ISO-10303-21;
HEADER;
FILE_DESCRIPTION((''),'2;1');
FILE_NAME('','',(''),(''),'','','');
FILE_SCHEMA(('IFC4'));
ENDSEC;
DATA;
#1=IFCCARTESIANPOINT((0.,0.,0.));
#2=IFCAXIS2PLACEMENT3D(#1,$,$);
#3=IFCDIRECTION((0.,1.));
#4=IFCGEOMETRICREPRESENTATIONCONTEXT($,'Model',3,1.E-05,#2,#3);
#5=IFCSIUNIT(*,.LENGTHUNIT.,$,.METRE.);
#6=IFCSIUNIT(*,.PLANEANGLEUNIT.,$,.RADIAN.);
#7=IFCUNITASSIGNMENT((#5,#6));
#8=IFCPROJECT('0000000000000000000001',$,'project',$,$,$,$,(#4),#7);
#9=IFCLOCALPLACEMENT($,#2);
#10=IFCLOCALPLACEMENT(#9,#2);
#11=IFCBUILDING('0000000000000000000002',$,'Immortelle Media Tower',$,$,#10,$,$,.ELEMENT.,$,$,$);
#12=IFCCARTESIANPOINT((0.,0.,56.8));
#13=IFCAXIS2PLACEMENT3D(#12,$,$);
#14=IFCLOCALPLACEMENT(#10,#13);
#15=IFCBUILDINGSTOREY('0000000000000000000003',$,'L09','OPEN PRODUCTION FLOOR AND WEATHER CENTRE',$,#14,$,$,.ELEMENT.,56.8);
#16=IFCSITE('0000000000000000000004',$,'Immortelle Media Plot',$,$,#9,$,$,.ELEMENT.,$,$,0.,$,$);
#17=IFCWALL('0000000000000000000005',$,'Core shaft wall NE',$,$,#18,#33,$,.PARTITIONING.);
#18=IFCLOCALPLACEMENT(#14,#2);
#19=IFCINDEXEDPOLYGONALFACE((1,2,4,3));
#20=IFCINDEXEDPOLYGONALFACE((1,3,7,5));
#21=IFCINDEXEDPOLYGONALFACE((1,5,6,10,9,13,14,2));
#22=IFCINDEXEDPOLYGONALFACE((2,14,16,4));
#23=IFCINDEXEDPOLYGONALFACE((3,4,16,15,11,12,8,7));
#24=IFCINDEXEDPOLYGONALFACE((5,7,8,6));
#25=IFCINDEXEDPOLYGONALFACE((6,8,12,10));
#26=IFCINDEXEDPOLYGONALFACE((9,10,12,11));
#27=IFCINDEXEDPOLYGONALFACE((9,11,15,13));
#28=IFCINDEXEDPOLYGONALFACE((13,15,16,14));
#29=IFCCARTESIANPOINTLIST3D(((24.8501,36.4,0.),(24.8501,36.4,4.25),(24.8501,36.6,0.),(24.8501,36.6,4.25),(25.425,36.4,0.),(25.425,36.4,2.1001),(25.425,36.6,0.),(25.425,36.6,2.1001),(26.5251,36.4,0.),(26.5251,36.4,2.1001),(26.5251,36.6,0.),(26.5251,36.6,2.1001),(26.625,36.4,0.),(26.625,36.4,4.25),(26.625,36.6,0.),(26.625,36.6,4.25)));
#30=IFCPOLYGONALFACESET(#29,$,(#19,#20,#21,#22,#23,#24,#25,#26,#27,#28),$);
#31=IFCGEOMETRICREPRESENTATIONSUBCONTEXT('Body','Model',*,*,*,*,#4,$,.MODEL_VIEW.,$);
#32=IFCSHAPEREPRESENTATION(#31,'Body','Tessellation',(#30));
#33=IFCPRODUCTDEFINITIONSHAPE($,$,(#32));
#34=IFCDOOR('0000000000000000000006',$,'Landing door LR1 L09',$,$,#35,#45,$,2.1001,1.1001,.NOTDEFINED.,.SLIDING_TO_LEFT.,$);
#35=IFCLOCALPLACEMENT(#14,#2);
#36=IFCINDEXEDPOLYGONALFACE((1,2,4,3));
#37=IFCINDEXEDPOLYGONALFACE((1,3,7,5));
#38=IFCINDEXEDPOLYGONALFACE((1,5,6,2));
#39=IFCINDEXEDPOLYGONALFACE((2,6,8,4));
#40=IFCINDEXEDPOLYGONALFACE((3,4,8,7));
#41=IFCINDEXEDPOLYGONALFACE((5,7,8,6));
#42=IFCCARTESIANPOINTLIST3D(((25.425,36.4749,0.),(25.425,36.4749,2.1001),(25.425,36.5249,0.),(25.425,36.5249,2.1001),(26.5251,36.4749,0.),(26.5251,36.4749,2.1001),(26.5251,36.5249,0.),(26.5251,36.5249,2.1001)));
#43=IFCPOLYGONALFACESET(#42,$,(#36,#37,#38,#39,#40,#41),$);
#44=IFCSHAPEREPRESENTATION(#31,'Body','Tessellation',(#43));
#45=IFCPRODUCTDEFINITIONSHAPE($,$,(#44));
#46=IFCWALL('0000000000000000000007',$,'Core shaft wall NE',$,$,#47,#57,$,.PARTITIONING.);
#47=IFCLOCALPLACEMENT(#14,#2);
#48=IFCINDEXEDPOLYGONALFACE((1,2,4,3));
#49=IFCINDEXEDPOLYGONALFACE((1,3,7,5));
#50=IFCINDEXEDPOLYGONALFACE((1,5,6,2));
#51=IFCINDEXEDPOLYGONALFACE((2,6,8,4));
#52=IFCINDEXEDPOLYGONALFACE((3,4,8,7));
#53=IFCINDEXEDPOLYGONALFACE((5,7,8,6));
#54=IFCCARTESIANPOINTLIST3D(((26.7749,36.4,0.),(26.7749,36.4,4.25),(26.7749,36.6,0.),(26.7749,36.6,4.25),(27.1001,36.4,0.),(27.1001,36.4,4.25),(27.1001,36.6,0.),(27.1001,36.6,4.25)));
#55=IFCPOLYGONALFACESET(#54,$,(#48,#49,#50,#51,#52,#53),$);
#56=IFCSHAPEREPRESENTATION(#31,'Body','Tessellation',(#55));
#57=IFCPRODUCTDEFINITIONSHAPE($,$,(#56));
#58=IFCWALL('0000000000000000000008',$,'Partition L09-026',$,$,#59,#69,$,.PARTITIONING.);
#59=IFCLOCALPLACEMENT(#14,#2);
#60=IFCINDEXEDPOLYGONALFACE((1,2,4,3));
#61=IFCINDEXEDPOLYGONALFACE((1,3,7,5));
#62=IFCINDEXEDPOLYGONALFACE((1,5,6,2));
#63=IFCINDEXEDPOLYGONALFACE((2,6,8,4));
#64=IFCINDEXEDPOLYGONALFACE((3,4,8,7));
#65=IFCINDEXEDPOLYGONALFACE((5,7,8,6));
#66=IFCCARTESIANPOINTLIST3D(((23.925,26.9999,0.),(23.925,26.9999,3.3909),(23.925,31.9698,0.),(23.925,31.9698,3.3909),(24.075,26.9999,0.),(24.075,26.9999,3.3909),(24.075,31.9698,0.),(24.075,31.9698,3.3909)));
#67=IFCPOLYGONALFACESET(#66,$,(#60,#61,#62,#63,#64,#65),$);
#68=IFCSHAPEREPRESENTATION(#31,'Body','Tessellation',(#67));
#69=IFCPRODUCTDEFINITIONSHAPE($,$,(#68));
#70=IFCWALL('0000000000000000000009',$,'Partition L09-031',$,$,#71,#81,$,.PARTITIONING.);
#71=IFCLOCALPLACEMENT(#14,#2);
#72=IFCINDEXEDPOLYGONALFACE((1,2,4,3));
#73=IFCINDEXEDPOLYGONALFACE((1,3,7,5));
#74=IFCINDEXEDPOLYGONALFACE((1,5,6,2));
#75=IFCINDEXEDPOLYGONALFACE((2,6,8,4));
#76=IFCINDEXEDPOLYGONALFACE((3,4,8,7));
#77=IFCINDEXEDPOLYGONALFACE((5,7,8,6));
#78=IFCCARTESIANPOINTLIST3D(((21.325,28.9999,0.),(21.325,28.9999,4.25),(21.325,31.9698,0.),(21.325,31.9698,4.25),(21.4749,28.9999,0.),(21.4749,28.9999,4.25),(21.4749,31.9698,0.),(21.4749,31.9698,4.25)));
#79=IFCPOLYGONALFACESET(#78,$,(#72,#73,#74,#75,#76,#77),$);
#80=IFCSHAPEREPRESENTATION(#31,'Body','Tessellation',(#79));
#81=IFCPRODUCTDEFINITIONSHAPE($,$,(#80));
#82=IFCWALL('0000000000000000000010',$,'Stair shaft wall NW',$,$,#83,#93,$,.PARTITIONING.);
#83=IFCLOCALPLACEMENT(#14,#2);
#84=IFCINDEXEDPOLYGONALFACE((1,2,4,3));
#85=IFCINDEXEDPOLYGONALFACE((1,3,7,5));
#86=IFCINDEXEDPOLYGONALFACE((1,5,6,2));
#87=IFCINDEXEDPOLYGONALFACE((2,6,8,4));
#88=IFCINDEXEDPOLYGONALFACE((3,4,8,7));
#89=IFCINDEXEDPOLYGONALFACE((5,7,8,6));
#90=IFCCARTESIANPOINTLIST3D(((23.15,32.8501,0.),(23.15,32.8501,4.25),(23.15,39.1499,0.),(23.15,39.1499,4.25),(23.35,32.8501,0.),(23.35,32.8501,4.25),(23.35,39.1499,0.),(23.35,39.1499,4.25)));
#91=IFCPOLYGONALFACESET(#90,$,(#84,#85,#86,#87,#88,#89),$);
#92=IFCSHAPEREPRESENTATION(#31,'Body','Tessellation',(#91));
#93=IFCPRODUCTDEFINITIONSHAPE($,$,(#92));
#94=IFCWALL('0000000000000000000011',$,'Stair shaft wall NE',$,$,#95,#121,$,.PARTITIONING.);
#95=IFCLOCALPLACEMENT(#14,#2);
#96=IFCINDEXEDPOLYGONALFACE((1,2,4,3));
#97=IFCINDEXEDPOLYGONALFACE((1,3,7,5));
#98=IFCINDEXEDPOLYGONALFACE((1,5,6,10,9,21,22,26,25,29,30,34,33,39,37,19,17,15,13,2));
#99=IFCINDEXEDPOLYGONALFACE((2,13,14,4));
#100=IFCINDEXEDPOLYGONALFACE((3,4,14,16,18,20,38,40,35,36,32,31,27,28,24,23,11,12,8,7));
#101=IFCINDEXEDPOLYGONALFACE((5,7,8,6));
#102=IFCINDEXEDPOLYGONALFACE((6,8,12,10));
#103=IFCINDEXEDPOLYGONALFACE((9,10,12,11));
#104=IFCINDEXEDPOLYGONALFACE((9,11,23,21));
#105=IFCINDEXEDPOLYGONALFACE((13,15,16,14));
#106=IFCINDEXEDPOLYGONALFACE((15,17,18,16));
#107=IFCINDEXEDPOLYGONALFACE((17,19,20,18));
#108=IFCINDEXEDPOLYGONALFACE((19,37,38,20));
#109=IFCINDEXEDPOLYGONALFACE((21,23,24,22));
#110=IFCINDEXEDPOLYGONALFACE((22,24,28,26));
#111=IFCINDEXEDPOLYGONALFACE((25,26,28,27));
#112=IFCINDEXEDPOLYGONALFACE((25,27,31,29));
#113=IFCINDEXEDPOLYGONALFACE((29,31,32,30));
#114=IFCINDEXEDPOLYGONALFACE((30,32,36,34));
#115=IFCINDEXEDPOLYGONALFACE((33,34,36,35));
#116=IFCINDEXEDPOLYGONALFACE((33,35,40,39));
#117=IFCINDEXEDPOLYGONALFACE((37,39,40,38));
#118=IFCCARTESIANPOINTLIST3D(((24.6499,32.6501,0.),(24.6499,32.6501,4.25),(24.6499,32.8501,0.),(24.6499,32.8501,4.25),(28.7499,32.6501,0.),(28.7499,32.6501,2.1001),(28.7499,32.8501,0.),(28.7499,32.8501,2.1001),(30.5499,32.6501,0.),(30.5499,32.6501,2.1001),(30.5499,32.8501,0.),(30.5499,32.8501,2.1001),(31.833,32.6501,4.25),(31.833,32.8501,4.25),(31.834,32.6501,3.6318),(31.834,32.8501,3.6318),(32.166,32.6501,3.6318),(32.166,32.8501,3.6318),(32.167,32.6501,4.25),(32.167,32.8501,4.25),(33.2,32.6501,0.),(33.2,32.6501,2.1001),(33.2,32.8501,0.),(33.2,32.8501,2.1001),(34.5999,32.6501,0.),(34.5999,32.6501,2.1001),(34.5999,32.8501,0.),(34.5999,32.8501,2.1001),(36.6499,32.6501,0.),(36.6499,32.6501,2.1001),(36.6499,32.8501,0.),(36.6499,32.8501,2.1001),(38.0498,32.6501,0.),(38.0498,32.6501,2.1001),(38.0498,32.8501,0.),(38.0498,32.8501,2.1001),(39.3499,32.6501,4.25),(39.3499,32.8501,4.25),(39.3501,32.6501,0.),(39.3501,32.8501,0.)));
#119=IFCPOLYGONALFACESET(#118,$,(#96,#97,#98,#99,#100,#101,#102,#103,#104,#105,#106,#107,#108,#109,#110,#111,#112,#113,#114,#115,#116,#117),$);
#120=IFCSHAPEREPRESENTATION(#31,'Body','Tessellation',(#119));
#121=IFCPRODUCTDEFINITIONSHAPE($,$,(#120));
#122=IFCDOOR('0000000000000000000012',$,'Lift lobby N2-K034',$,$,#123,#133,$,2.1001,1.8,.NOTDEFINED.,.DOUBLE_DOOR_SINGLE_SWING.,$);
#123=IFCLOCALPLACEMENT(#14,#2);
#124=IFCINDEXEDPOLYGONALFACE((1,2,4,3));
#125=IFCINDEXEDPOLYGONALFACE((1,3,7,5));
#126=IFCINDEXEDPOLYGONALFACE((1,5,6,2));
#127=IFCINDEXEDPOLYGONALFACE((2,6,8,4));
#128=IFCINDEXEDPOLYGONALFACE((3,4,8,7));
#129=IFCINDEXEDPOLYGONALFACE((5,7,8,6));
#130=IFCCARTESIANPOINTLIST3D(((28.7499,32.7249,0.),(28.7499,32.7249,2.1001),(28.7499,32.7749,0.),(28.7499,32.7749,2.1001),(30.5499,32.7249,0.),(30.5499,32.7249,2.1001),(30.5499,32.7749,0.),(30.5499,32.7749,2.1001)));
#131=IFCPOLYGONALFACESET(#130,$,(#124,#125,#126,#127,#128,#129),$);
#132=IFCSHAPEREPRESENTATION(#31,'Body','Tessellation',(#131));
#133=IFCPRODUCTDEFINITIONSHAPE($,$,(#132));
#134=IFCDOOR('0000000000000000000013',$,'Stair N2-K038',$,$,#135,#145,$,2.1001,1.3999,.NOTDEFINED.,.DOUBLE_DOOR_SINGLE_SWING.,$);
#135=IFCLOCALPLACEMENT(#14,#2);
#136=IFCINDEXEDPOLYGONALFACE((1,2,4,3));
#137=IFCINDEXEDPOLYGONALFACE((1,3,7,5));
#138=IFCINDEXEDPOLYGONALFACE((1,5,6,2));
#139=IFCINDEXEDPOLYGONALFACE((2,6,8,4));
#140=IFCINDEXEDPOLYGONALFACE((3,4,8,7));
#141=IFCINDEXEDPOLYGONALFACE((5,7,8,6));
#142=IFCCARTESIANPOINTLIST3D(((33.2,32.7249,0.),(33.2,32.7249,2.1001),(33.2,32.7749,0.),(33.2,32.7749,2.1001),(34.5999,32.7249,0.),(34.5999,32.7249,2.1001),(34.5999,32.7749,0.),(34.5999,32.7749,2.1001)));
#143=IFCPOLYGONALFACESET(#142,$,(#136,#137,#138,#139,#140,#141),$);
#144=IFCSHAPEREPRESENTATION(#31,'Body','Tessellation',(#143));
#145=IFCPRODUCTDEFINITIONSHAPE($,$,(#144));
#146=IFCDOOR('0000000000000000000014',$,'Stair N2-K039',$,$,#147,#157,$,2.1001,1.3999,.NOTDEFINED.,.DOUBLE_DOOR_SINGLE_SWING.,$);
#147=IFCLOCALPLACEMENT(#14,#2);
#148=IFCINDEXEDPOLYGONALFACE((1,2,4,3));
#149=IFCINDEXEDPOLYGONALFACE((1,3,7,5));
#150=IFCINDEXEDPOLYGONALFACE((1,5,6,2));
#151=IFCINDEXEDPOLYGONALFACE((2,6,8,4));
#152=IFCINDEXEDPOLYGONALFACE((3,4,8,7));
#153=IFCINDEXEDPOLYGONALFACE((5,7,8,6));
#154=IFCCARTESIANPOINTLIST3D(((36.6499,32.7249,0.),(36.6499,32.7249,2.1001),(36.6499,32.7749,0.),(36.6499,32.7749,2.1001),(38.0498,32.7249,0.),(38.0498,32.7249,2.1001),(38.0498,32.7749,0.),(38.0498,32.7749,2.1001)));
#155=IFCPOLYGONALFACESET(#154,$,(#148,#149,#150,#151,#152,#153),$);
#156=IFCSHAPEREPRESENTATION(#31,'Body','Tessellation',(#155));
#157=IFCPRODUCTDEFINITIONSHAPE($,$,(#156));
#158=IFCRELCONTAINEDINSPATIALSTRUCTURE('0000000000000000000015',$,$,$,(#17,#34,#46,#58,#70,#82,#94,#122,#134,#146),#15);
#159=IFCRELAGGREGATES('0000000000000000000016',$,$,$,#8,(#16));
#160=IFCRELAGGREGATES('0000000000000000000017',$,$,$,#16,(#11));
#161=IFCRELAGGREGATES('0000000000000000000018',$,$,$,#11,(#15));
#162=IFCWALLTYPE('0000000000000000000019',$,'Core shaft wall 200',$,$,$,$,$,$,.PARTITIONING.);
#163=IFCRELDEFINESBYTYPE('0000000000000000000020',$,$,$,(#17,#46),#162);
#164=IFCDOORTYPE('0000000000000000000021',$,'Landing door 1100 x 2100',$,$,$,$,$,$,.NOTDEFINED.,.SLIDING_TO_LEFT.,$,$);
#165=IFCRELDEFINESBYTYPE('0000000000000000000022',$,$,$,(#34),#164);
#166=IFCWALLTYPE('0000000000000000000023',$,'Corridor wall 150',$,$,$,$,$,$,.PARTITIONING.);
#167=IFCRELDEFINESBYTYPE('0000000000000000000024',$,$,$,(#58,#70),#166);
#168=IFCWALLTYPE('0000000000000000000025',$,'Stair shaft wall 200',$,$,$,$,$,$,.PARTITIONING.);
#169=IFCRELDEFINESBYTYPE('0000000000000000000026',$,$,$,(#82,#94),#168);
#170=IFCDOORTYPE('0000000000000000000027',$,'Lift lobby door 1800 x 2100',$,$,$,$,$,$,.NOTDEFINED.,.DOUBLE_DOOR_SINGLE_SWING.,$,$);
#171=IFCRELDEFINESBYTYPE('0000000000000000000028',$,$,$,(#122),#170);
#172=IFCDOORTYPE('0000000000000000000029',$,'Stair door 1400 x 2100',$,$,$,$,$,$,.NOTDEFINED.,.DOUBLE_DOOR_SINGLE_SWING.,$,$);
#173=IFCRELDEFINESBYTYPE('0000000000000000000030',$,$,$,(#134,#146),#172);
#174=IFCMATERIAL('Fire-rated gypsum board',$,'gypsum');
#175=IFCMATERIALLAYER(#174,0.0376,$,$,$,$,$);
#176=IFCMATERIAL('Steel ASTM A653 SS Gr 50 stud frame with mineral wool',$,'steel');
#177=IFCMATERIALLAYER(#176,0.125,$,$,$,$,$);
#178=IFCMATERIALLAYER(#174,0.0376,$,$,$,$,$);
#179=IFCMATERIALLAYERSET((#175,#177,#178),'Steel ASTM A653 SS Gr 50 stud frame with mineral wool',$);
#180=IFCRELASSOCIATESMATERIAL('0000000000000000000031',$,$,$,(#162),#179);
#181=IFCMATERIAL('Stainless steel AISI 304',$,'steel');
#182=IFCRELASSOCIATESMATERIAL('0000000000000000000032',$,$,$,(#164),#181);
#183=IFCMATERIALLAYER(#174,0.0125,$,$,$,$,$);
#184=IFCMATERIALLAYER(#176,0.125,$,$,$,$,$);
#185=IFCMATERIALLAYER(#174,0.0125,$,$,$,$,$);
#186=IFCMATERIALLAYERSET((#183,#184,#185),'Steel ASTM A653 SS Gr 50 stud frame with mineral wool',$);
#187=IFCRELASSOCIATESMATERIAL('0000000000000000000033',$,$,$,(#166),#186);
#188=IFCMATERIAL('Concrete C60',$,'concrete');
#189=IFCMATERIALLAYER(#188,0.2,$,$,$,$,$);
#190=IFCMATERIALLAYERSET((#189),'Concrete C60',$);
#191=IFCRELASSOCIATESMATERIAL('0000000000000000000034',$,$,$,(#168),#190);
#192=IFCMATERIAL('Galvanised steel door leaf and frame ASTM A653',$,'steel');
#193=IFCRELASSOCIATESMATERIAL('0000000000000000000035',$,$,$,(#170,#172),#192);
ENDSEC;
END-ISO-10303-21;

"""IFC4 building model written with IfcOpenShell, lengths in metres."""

from ifc_helpers import new_model, si_unit, direction, frame, frame_2d, origin, place, context, subcontext, project, spatial, polyline, rectangle, outline, extrude, material, layer, layer_set, type_object, element, fill, save


model = new_model("IFC4")

# Units and contexts
model_context = context("Model", 3, precision=1e-05, world=origin(), true_north=direction((0.0, 1.0)))
body_context = subcontext(model_context, "Body", "Model", "MODEL_VIEW")
ifc_project = project(units=[si_unit("LENGTHUNIT", "METRE"), si_unit("PLANEANGLEUNIT", "RADIAN")], contexts=[model_context])

# Site, building, storey
site_placement = place(None, origin())
site = spatial("IfcSite", under=ifc_project, at=site_placement, Name="Immortelle Media Plot", CompositionType="ELEMENT", RefElevation=0.0)
building_placement = place(site_placement, origin())
building = spatial("IfcBuilding", under=site, at=building_placement, Name="Immortelle Media Tower", CompositionType="ELEMENT")
storey_placement = place(building_placement, frame((0.0, 0.0, 56.8)))
storey = spatial("IfcBuildingStorey", under=building, at=storey_placement, Name="L09", Description="OPEN PRODUCTION FLOOR AND WEATHER CENTRE", CompositionType="ELEMENT", Elevation=56.8)

# Shared definitions
ifc_material_1 = material(Name="Fire-rated gypsum board", Category="gypsum")
ifc_material_2 = material(Name="Steel ASTM A653 SS Gr 50 stud frame with mineral wool", Category="steel")
ifc_layer_1 = layer(ifc_material_1, 0.0376)
ifc_layer_2 = layer(ifc_material_2, 0.125)
ifc_layer_3 = layer(ifc_material_1, 0.0376)
ifc_layer_set_1 = layer_set([ifc_layer_1, ifc_layer_2, ifc_layer_3], Name="Steel ASTM A653 SS Gr 50 stud frame with mineral wool")
wall_type_1 = type_object("IfcWallType", Name="Core shaft wall 200", PredefinedType="PARTITIONING", material=ifc_layer_set_1)

# Wall, opening, door
wall_1_placement = place(storey_placement, frame((24.8501, 36.5, 0.0), z_axis=(0.0, 0.0, 1.0), x_axis=(1.0, 0.0, 0.0)))
wall_1 = element("IfcWall", 1, at=wall_1_placement, inside=storey, type_object=wall_type_1, Name="Core shaft wall NE", PredefinedType="PARTITIONING", context=body_context, shape_type="SweptSolid", body=[
    extrude(rectangle(XDim=1.7749, YDim=0.2, at=frame_2d((0.8875, 0.0))), origin(), (0.0, 0.0, 1.0), 4.25),
])
opening_1_placement = place(wall_1_placement, frame((0.575, 0.0, 0.0)))
opening_1 = element("IfcOpeningElement", 2, at=opening_1_placement, cuts=wall_1, PredefinedType="OPENING", context=body_context, shape_type="SweptSolid", body=[
    extrude(rectangle(XDim=1.1001, YDim=2.1001, at=frame_2d((0.55, 1.05))), frame((0.0, 0.1099, 0.0), z_axis=(0.0, -1.0, 0.0), x_axis=(1.0, 0.0, 0.0)), (0.0, 0.0, 1.0), 0.22),
])
ifc_material_3 = material(Name="Stainless steel AISI 304", Category="steel")
door_type_1 = type_object("IfcDoorType", Name="Landing door 1100 x 2100", OperationType="SLIDING_TO_LEFT", PredefinedType="NOTDEFINED", material=ifc_material_3)
door_1_placement = place(opening_1_placement, origin())
door_1 = element("IfcDoor", 3, at=door_1_placement, inside=storey, type_object=door_type_1, Name="Landing door LR1 L09", OperationType="SLIDING_TO_LEFT", OverallHeight=2.1001, OverallWidth=1.1001, PredefinedType="NOTDEFINED", context=body_context, shape_type="SweptSolid", body=[
    extrude(rectangle(XDim=1.1001, YDim=2.1001, at=frame_2d((0.55, 1.05))), frame((0.0, 0.0249, 0.0), z_axis=(0.0, -1.0, 0.0), x_axis=(1.0, 0.0, 0.0)), (0.0, 0.0, 1.0), 0.05),
])
fill(opening_1, door_1)

# Walls
wall_2_placement = place(storey_placement, frame((26.7749, 36.5, 0.0), z_axis=(0.0, 0.0, 1.0), x_axis=(1.0, 0.0, 0.0)))
element("IfcWall", 4, at=wall_2_placement, inside=storey, type_object=wall_type_1, Name="Core shaft wall NE", PredefinedType="PARTITIONING", context=body_context, shape_type="SweptSolid", body=[
    extrude(rectangle(XDim=0.3252, YDim=0.2, at=frame_2d((0.1626, 0.0))), origin(), (0.0, 0.0, 1.0), 4.25),
])
ifc_layer_4 = layer(ifc_material_1, 0.0125)
ifc_layer_5 = layer(ifc_material_2, 0.125)
ifc_layer_6 = layer(ifc_material_1, 0.0125)
ifc_layer_set_2 = layer_set([ifc_layer_4, ifc_layer_5, ifc_layer_6], Name="Steel ASTM A653 SS Gr 50 stud frame with mineral wool")
wall_type_2 = type_object("IfcWallType", Name="Corridor wall 150", PredefinedType="PARTITIONING", material=ifc_layer_set_2)
wall_3_placement = place(storey_placement, frame((24.0, 27.0, 0.0), z_axis=(0.0, 0.0, 1.0), x_axis=(0.0, 1.0, 0.0)))
element("IfcWall", 5, at=wall_3_placement, inside=storey, type_object=wall_type_2, Name="Partition L09-026", PredefinedType="PARTITIONING", context=body_context, shape_type="SweptSolid", body=[
    extrude(rectangle(XDim=4.97, YDim=0.1499, at=frame_2d((2.4849, 0.0))), origin(), (0.0, 0.0, 1.0), 3.3909),
])
wall_4_placement = place(storey_placement, frame((21.3999, 29.0, 0.0), z_axis=(0.0, 0.0, 1.0), x_axis=(0.0, 1.0, 0.0)))
element("IfcWall", 6, at=wall_4_placement, inside=storey, type_object=wall_type_2, Name="Partition L09-031", PredefinedType="PARTITIONING", context=body_context, shape_type="SweptSolid", body=[
    extrude(rectangle(XDim=2.97, YDim=0.1499, at=frame_2d((1.4849, 0.0))), origin(), (0.0, 0.0, 1.0), 4.25),
])
ifc_material_4 = material(Name="Concrete C60", Category="concrete")
ifc_layer_7 = layer(ifc_material_4, 0.2)
ifc_layer_set_3 = layer_set([ifc_layer_7], Name="Concrete C60")
wall_type_3 = type_object("IfcWallType", Name="Stair shaft wall 200", PredefinedType="PARTITIONING", material=ifc_layer_set_3)
wall_5_placement = place(storey_placement, frame((23.25, 32.8501, 0.0), z_axis=(0.0, 0.0, 1.0), x_axis=(0.0, 1.0, 0.0)))
element("IfcWall", 7, at=wall_5_placement, inside=storey, type_object=wall_type_3, Name="Stair shaft wall NW", PredefinedType="PARTITIONING", context=body_context, shape_type="SweptSolid", body=[
    extrude(rectangle(XDim=6.2998, YDim=0.2, at=frame_2d((3.1499, 0.0))), origin(), (0.0, 0.0, 1.0), 4.25),
])

# Wall, openings, doors
wall_6_placement = place(storey_placement, frame((24.6499, 32.75, 0.0), z_axis=(0.0, 0.0, 1.0), x_axis=(1.0, 0.0, 0.0)))
wall_6 = element("IfcWall", 8, at=wall_6_placement, inside=storey, type_object=wall_type_3, Name="Stair shaft wall NE", PredefinedType="PARTITIONING", context=body_context, shape_type="SweptSolid", body=[
    extrude(outline(polyline([(0.0, 0.0), (14.7002, 0.0), (14.7, 4.25), (7.5171, 4.25), (7.5161, 3.6318), (7.1841, 3.6318), (7.1831, 4.25), (0.0, 4.25), (0.0, 0.0)])), frame((0.0, 0.1001, 0.0), z_axis=(0.0, -1.0, 0.0), x_axis=(1.0, 0.0, 0.0)), (0.0, 0.0, 1.0), 0.2),
])
opening_2_placement = place(wall_6_placement, frame((4.1001, 0.0, 0.0)))
opening_2 = element("IfcOpeningElement", 9, at=opening_2_placement, cuts=wall_6, PredefinedType="OPENING", context=body_context, shape_type="SweptSolid", body=[
    extrude(rectangle(XDim=1.8, YDim=2.1001, at=frame_2d((0.8999, 1.05))), frame((0.0, 0.1099, 0.0), z_axis=(0.0, -1.0, 0.0), x_axis=(1.0, 0.0, 0.0)), (0.0, 0.0, 1.0), 0.22),
])
opening_3_placement = place(wall_6_placement, frame((8.55, 0.0, 0.0)))
opening_3 = element("IfcOpeningElement", 10, at=opening_3_placement, cuts=wall_6, PredefinedType="OPENING", context=body_context, shape_type="SweptSolid", body=[
    extrude(rectangle(XDim=1.3999, YDim=2.1001, at=frame_2d((0.7, 1.05))), frame((0.0, 0.1099, 0.0), z_axis=(0.0, -1.0, 0.0), x_axis=(1.0, 0.0, 0.0)), (0.0, 0.0, 1.0), 0.22),
])
opening_4_placement = place(wall_6_placement, frame((12.0, 0.0, 0.0)))
opening_4 = element("IfcOpeningElement", 11, at=opening_4_placement, cuts=wall_6, PredefinedType="OPENING", context=body_context, shape_type="SweptSolid", body=[
    extrude(rectangle(XDim=1.3999, YDim=2.1001, at=frame_2d((0.7, 1.05))), frame((0.0, 0.1099, 0.0), z_axis=(0.0, -1.0, 0.0), x_axis=(1.0, 0.0, 0.0)), (0.0, 0.0, 1.0), 0.22),
])
ifc_material_5 = material(Name="Galvanised steel door leaf and frame ASTM A653", Category="steel")
door_type_2 = type_object("IfcDoorType", Name="Lift lobby door 1800 x 2100", OperationType="DOUBLE_DOOR_SINGLE_SWING", PredefinedType="NOTDEFINED", material=ifc_material_5)
door_2_placement = place(opening_2_placement, origin())
door_2 = element("IfcDoor", 12, at=door_2_placement, inside=storey, type_object=door_type_2, Name="Lift lobby N2-K034", OperationType="DOUBLE_DOOR_SINGLE_SWING", OverallHeight=2.1001, OverallWidth=1.8, PredefinedType="NOTDEFINED", context=body_context, shape_type="SweptSolid", body=[
    extrude(rectangle(XDim=1.8, YDim=2.1001, at=frame_2d((0.8999, 1.05))), frame((0.0, 0.0249, 0.0), z_axis=(0.0, -1.0, 0.0), x_axis=(1.0, 0.0, 0.0)), (0.0, 0.0, 1.0), 0.05),
])
fill(opening_2, door_2)
door_type_3 = type_object("IfcDoorType", Name="Stair door 1400 x 2100", OperationType="DOUBLE_DOOR_SINGLE_SWING", PredefinedType="NOTDEFINED", material=ifc_material_5)
door_3_placement = place(opening_3_placement, origin())
door_3 = element("IfcDoor", 13, at=door_3_placement, inside=storey, type_object=door_type_3, Name="Stair N2-K038", OperationType="DOUBLE_DOOR_SINGLE_SWING", OverallHeight=2.1001, OverallWidth=1.3999, PredefinedType="NOTDEFINED", context=body_context, shape_type="SweptSolid", body=[
    extrude(rectangle(XDim=1.3999, YDim=2.1001, at=frame_2d((0.7, 1.05))), frame((0.0, 0.0249, 0.0), z_axis=(0.0, -1.0, 0.0), x_axis=(1.0, 0.0, 0.0)), (0.0, 0.0, 1.0), 0.05),
])
fill(opening_3, door_3)
door_4_placement = place(opening_4_placement, origin())
door_4 = element("IfcDoor", 14, at=door_4_placement, inside=storey, type_object=door_type_3, Name="Stair N2-K039", OperationType="DOUBLE_DOOR_SINGLE_SWING", OverallHeight=2.1001, OverallWidth=1.3999, PredefinedType="NOTDEFINED", context=body_context, shape_type="SweptSolid", body=[
    extrude(rectangle(XDim=1.3999, YDim=2.1001, at=frame_2d((0.7, 1.05))), frame((0.0, 0.0249, 0.0), z_axis=(0.0, -1.0, 0.0), x_axis=(1.0, 0.0, 0.0)), (0.0, 0.0, 1.0), 0.05),
])
fill(opening_4, door_4)

save(model, "model.ifc")
